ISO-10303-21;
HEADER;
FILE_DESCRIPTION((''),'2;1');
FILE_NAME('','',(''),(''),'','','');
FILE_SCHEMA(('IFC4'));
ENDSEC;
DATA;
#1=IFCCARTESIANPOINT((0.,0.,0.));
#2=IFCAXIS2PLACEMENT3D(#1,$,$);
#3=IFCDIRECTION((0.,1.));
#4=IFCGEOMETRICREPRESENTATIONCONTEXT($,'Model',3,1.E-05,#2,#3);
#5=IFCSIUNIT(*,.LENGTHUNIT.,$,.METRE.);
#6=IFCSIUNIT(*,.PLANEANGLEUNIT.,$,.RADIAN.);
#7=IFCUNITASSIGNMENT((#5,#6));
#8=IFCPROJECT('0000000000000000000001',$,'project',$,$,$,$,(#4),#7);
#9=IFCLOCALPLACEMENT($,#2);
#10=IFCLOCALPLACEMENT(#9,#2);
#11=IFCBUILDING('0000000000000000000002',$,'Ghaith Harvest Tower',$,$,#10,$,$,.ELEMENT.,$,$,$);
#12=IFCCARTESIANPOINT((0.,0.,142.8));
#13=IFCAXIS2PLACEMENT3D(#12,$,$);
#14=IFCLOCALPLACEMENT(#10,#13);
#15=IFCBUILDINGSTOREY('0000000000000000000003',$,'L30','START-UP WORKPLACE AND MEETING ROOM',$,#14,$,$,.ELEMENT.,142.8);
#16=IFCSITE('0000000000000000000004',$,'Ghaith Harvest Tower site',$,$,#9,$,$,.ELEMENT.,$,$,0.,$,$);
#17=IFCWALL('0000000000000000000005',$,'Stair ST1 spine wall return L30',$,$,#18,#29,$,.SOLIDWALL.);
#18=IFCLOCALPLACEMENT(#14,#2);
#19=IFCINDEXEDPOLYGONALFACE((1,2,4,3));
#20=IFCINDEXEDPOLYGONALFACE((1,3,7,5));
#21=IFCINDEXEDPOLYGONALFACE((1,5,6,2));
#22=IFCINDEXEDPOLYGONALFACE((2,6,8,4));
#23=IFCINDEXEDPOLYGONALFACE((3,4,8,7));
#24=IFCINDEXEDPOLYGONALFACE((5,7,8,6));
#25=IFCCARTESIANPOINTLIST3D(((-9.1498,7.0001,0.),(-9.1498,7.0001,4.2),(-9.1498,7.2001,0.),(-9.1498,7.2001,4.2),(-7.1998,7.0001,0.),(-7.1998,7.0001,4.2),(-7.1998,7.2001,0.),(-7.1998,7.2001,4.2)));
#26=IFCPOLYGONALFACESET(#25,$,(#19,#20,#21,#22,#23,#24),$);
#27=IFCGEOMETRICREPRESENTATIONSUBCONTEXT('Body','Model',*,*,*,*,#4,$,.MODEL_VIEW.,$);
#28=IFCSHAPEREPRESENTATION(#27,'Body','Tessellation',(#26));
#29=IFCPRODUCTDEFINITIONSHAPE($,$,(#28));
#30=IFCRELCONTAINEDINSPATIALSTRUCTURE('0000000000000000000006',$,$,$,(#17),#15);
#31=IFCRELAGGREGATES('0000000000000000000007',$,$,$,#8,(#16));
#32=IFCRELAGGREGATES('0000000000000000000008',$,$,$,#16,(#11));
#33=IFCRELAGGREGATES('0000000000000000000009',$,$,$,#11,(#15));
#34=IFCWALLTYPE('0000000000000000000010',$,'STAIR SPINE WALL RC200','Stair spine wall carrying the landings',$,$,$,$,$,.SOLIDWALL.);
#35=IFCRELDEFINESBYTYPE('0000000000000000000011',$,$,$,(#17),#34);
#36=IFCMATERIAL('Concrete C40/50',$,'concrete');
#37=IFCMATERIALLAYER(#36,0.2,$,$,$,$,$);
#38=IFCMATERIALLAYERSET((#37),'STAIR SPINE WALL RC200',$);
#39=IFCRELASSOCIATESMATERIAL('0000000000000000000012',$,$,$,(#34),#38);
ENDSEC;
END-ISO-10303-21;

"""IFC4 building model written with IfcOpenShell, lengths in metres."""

from ifc_helpers import new_model, si_unit, direction, frame, frame_2d, origin, place, context, subcontext, project, spatial, rectangle, extrude, material, layer, layer_set, type_object, element, save


model = new_model("IFC4")

# Units and contexts
model_context = context("Model", 3, precision=1e-05, world=origin(), true_north=direction((0.0, 1.0)))
body_context = subcontext(model_context, "Body", "Model", "MODEL_VIEW")
ifc_project = project(units=[si_unit("LENGTHUNIT", "METRE"), si_unit("PLANEANGLEUNIT", "RADIAN")], contexts=[model_context])

# Site, building, storey
site_placement = place(None, origin())
site = spatial("IfcSite", under=ifc_project, at=site_placement, Name="Ghaith Harvest Tower site", CompositionType="ELEMENT", RefElevation=0.0)
building_placement = place(site_placement, origin())
building = spatial("IfcBuilding", under=site, at=building_placement, Name="Ghaith Harvest Tower", CompositionType="ELEMENT")
storey_placement = place(building_placement, frame((0.0, 0.0, 142.8)))
storey = spatial("IfcBuildingStorey", under=building, at=storey_placement, Name="L30", Description="START-UP WORKPLACE AND MEETING ROOM", CompositionType="ELEMENT", Elevation=142.8)

# Wall
ifc_material_1 = material(Name="Concrete C40/50", Category="concrete")
ifc_layer_1 = layer(ifc_material_1, 0.2)
ifc_layer_set_1 = layer_set([ifc_layer_1], Name="STAIR SPINE WALL RC200")
wall_type_1 = type_object("IfcWallType", Name="STAIR SPINE WALL RC200", Description="Stair spine wall carrying the landings", PredefinedType="SOLIDWALL", material=ifc_layer_set_1)
wall_1_placement = place(storey_placement, frame((-9.1499, 7.1001, 0.0), z_axis=(0.0, 0.0, 1.0), x_axis=(1.0, 0.0, 0.0)))
element("IfcWall", 1, at=wall_1_placement, inside=storey, type_object=wall_type_1, Name="Stair ST1 spine wall return L30", PredefinedType="SOLIDWALL", context=body_context, shape_type="SweptSolid", body=[
    extrude(rectangle(XDim=1.95, YDim=0.2, at=frame_2d((0.9751, 0.0))), origin(), (0.0, 0.0, 1.0), 4.2),
])

save(model, "model.ifc")
